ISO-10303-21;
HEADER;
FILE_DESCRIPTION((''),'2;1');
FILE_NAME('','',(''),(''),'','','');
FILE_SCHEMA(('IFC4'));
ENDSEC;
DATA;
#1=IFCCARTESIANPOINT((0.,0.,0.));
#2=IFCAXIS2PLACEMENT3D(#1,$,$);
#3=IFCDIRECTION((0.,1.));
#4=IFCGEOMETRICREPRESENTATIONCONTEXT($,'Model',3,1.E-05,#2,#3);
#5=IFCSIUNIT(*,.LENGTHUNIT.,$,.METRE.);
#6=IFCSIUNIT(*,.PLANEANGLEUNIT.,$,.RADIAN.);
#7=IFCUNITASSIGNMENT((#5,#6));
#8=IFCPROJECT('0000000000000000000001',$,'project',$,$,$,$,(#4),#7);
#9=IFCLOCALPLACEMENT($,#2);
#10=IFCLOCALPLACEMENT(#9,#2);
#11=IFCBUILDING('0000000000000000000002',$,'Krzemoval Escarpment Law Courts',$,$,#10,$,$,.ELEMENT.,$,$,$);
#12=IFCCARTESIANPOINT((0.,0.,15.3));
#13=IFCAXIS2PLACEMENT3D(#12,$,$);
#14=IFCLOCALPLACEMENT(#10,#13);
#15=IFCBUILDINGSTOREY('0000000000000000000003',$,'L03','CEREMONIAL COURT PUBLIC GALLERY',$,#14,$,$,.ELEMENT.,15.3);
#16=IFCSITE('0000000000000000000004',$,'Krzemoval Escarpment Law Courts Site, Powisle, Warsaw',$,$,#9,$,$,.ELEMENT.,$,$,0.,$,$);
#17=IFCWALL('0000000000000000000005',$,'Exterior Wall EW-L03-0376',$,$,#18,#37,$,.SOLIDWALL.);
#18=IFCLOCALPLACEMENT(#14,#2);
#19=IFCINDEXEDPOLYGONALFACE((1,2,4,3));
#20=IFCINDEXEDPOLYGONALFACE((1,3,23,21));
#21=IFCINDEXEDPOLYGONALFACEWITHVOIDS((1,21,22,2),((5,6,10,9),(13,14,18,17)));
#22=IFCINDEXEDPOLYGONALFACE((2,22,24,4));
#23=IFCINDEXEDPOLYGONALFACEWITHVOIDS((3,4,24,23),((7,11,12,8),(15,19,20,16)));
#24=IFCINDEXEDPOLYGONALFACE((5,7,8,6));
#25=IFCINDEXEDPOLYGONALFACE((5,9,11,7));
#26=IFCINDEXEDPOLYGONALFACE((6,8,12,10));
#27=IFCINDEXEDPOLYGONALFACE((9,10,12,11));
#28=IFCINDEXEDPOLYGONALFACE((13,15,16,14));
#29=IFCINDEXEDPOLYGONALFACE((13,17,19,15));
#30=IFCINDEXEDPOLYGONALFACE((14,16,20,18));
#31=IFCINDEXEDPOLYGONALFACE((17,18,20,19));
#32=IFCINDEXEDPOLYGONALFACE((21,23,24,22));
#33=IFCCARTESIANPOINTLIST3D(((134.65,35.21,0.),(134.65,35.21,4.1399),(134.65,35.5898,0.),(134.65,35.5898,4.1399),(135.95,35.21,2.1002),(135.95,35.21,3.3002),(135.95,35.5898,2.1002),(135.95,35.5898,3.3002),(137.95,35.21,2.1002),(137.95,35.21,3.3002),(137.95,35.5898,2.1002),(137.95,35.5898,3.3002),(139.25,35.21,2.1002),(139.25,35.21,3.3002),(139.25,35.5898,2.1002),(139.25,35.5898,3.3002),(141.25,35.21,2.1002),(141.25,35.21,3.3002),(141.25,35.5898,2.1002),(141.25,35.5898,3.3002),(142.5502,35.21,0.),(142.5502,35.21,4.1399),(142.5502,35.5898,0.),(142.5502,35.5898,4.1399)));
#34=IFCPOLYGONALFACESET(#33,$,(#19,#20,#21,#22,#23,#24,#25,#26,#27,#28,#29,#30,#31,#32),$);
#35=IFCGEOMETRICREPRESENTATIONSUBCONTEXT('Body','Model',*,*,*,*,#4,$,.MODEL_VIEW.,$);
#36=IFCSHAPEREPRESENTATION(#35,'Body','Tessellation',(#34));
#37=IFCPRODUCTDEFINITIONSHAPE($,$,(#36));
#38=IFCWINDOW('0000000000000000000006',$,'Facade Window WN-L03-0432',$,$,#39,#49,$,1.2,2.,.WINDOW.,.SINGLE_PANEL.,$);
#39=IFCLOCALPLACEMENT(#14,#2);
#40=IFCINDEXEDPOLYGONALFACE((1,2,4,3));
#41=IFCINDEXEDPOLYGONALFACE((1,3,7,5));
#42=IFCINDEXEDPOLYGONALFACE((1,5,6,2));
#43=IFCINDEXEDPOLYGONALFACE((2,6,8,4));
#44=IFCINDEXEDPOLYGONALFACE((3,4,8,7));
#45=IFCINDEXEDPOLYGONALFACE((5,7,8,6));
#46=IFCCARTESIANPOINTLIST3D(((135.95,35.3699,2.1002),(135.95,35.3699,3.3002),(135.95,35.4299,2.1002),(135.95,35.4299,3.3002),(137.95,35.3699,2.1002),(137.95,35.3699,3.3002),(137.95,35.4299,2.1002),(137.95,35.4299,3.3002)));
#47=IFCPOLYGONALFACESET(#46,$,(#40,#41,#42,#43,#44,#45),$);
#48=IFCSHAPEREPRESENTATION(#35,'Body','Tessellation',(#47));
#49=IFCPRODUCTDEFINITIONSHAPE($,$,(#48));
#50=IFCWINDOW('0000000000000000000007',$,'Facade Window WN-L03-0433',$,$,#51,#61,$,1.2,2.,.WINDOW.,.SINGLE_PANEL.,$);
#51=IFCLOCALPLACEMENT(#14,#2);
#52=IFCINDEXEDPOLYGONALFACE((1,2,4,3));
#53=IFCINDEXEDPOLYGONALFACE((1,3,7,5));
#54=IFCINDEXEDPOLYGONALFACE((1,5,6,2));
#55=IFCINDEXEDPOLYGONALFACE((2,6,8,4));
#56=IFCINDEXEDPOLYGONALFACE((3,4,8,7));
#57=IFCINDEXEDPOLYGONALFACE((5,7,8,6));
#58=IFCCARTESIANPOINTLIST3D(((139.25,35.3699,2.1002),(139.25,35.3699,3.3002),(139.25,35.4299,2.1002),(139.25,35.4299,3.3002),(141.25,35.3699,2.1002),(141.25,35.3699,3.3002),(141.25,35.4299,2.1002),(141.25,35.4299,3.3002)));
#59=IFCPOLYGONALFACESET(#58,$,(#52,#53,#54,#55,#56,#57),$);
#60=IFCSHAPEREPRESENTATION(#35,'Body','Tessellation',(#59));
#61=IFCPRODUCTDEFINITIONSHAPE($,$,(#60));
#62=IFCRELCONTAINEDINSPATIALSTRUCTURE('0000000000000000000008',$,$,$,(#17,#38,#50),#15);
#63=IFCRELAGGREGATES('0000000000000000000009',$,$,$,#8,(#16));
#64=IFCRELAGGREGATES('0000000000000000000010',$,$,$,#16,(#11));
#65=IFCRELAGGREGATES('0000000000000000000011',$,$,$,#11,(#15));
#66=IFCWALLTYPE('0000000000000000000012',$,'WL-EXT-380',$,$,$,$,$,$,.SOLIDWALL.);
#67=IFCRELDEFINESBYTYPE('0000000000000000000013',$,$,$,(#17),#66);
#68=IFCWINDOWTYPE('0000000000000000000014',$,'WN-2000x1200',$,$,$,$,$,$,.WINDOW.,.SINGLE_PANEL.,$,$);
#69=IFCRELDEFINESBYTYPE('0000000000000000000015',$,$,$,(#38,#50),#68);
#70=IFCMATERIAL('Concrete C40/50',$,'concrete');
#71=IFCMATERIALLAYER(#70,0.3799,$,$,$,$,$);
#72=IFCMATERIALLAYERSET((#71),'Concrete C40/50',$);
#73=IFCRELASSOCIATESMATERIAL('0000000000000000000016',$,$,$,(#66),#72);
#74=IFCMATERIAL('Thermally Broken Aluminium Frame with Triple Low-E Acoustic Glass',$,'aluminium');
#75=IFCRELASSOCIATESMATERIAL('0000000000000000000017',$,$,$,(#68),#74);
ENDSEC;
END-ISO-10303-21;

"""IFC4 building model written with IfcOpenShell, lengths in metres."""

from ifc_helpers import new_model, si_unit, direction, frame, frame_2d, origin, place, context, subcontext, project, spatial, rectangle, extrude, material, layer, layer_set, type_object, element, fill, save


model = new_model("IFC4")

# Units and contexts
model_context = context("Model", 3, precision=1e-05, world=origin(), true_north=direction((0.0, 1.0)))
body_context = subcontext(model_context, "Body", "Model", "MODEL_VIEW")
ifc_project = project(units=[si_unit("LENGTHUNIT", "METRE"), si_unit("PLANEANGLEUNIT", "RADIAN")], contexts=[model_context])

# Site, building, storey
site_placement = place(None, origin())
site = spatial("IfcSite", under=ifc_project, at=site_placement, Name="Krzemoval Escarpment Law Courts Site, Powisle, Warsaw", CompositionType="ELEMENT", RefElevation=0.0)
building_placement = place(site_placement, origin())
building = spatial("IfcBuilding", under=site, at=building_placement, Name="Krzemoval Escarpment Law Courts", CompositionType="ELEMENT")
storey_placement = place(building_placement, frame((0.0, 0.0, 15.3)))
storey = spatial("IfcBuildingStorey", under=building, at=storey_placement, Name="L03", Description="CEREMONIAL COURT PUBLIC GALLERY", CompositionType="ELEMENT", Elevation=15.3)

# Wall, openings, windows
ifc_material_1 = material(Name="Concrete C40/50", Category="concrete")
ifc_layer = layer(ifc_material_1, 0.3799)
ifc_layer_set = layer_set([ifc_layer], Name="Concrete C40/50")
wall_type = type_object("IfcWallType", Name="WL-EXT-380", PredefinedType="SOLIDWALL", material=ifc_layer_set)
ifc_material_2 = material(Name="Thermally Broken Aluminium Frame with Triple Low-E Acoustic Glass", Category="aluminium")
window_type = type_object("IfcWindowType", Name="WN-2000x1200", PartitioningType="SINGLE_PANEL", PredefinedType="WINDOW", material=ifc_material_2)
wall_1_placement = place(storey_placement, frame((134.6499, 35.3999, 0.0), z_axis=(0.0, 0.0, 1.0), x_axis=(1.0, 0.0, 0.0)))
wall_1 = element("IfcWall", 1, at=wall_1_placement, inside=storey, type_object=wall_type, Name="Exterior Wall EW-L03-0376", PredefinedType="SOLIDWALL", context=body_context, shape_type="SweptSolid", body=[
    extrude(rectangle(XDim=7.9001, YDim=0.3799, at=frame_2d((3.9502, 0.0))), origin(), (0.0, 0.0, 1.0), 4.1399),
])
opening_1_placement = place(wall_1_placement, frame((1.3, 0.0, 2.1001)))
opening_1 = element("IfcOpeningElement", 2, at=opening_1_placement, cuts=wall_1, PredefinedType="OPENING", context=body_context, shape_type="SweptSolid", body=[
    extrude(rectangle(XDim=2.0, YDim=1.2, at=frame_2d((1.0, 0.6001))), frame((0.0, 0.2049, 0.0), z_axis=(0.0, -1.0, 0.0), x_axis=(1.0, 0.0, 0.0)), (0.0, 0.0, 1.0), 0.4099),
])
opening_2_placement = place(wall_1_placement, frame((4.6001, 0.0, 2.1001)))
opening_2 = element("IfcOpeningElement", 3, at=opening_2_placement, cuts=wall_1, PredefinedType="OPENING", context=body_context, shape_type="SweptSolid", body=[
    extrude(rectangle(XDim=2.0, YDim=1.2, at=frame_2d((1.0, 0.6001))), frame((0.0, 0.2049, 0.0), z_axis=(0.0, -1.0, 0.0), x_axis=(1.0, 0.0, 0.0)), (0.0, 0.0, 1.0), 0.4099),
])
window_1_placement = place(opening_1_placement, origin())
window_1 = element("IfcWindow", 4, at=window_1_placement, inside=storey, type_object=window_type, Name="Facade Window WN-L03-0432", OverallHeight=1.2, OverallWidth=2.0, PartitioningType="SINGLE_PANEL", PredefinedType="WINDOW", context=body_context, shape_type="SweptSolid", body=[
    extrude(rectangle(XDim=2.0, YDim=1.2, at=frame_2d((1.0, 0.6001))), frame((0.0, 0.03, 0.0), z_axis=(0.0, -1.0, 0.0), x_axis=(1.0, 0.0, 0.0)), (0.0, 0.0, 1.0), 0.0601),
])
fill(opening_1, window_1)
window_2_placement = place(opening_2_placement, origin())
window_2 = element("IfcWindow", 5, at=window_2_placement, inside=storey, type_object=window_type, Name="Facade Window WN-L03-0433", OverallHeight=1.2, OverallWidth=2.0, PartitioningType="SINGLE_PANEL", PredefinedType="WINDOW", context=body_context, shape_type="SweptSolid", body=[
    extrude(rectangle(XDim=2.0, YDim=1.2, at=frame_2d((1.0, 0.6001))), frame((0.0, 0.03, 0.0), z_axis=(0.0, -1.0, 0.0), x_axis=(1.0, 0.0, 0.0)), (0.0, 0.0, 1.0), 0.0601),
])
fill(opening_2, window_2)

save(model, "model.ifc")
